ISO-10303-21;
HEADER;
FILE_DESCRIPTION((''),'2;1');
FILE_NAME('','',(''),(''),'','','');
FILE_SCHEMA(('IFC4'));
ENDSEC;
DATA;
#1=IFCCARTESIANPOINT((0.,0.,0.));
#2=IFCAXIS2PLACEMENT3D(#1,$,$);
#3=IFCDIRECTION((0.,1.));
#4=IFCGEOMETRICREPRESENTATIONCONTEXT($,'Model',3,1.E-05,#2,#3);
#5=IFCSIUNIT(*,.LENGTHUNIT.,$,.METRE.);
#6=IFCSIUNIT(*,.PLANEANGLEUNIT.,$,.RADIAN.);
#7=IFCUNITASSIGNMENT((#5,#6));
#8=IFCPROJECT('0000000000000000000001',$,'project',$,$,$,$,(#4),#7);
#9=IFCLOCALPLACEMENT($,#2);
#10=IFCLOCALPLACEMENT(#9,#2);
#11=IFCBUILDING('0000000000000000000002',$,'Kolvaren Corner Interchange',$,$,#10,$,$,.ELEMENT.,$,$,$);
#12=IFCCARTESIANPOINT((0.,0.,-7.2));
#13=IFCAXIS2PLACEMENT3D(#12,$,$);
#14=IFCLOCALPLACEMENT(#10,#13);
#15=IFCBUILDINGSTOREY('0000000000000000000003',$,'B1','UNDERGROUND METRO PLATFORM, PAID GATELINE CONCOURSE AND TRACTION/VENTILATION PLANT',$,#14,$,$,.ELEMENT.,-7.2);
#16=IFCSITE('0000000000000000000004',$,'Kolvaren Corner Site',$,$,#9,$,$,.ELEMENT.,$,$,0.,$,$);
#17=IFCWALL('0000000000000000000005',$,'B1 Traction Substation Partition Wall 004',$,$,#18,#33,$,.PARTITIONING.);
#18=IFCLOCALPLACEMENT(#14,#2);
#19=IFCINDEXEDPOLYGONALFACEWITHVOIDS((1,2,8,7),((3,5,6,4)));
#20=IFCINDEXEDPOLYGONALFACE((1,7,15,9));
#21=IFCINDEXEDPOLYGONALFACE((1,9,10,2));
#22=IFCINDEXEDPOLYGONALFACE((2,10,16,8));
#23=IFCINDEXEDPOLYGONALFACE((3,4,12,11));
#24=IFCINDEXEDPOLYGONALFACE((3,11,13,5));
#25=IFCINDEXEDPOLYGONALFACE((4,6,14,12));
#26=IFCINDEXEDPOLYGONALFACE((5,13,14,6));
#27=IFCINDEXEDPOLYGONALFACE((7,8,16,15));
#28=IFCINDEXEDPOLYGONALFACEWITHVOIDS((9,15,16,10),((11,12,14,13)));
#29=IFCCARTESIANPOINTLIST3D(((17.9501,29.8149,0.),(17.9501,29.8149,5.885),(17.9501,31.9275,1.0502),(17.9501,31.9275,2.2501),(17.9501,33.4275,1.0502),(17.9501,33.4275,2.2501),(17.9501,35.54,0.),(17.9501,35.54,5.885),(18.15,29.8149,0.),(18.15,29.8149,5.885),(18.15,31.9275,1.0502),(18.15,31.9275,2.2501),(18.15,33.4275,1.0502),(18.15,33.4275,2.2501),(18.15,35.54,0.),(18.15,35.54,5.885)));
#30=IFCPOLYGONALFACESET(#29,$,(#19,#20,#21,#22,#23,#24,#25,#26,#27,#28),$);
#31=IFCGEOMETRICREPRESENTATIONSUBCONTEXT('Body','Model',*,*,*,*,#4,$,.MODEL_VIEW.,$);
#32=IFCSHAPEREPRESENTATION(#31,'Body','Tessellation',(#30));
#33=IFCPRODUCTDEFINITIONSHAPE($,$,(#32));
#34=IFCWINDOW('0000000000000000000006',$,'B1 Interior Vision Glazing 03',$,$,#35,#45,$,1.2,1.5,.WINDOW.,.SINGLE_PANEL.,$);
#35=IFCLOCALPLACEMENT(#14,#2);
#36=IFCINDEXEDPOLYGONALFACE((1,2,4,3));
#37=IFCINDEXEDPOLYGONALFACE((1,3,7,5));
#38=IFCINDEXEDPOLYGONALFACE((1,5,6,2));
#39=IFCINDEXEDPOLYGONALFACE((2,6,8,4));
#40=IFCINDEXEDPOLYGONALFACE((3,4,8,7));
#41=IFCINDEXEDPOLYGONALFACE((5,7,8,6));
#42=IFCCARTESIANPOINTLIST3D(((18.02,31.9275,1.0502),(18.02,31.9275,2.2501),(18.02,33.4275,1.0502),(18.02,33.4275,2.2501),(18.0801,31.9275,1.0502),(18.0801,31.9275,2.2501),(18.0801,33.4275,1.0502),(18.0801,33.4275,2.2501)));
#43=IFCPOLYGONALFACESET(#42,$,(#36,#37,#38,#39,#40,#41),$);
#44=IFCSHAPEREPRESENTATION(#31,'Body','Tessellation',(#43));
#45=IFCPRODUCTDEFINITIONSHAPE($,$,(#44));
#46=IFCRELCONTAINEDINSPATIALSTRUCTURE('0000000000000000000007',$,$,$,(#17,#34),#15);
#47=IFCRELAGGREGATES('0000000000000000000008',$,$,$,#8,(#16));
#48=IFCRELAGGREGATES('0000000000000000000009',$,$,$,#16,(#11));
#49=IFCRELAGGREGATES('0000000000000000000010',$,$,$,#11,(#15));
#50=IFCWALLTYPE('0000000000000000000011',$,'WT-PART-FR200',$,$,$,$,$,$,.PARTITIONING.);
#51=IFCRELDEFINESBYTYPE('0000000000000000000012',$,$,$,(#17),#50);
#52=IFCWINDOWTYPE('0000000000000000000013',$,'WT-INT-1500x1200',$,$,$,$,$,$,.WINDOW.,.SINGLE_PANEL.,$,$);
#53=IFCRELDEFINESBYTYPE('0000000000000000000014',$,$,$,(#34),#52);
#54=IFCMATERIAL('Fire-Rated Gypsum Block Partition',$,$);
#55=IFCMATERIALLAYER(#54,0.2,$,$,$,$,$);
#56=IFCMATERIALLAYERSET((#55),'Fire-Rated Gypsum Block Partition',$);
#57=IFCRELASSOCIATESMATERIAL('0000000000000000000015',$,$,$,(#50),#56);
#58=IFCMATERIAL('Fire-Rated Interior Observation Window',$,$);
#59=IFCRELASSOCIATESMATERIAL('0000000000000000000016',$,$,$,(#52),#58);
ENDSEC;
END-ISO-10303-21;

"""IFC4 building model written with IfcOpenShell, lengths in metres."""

from ifc_helpers import new_model, si_unit, direction, frame, frame_2d, origin, place, context, subcontext, project, spatial, rectangle, extrude, material, layer, layer_set, type_object, element, fill, save


model = new_model("IFC4")

# Units and contexts
model_context = context("Model", 3, precision=1e-05, world=origin(), true_north=direction((0.0, 1.0)))
body_context = subcontext(model_context, "Body", "Model", "MODEL_VIEW")
ifc_project = project(units=[si_unit("LENGTHUNIT", "METRE"), si_unit("PLANEANGLEUNIT", "RADIAN")], contexts=[model_context])

# Site, building, storey
site_placement = place(None, origin())
site = spatial("IfcSite", under=ifc_project, at=site_placement, Name="Kolvaren Corner Site", CompositionType="ELEMENT", RefElevation=0.0)
building_placement = place(site_placement, origin())
building = spatial("IfcBuilding", under=site, at=building_placement, Name="Kolvaren Corner Interchange", CompositionType="ELEMENT")
storey_placement = place(building_placement, frame((0.0, 0.0, -7.2)))
storey = spatial("IfcBuildingStorey", under=building, at=storey_placement, Name="B1", Description="UNDERGROUND METRO PLATFORM, PAID GATELINE CONCOURSE AND TRACTION/VENTILATION PLANT", CompositionType="ELEMENT", Elevation=-7.2)

# Wall, opening, window
ifc_material_1 = material(Name="Fire-Rated Gypsum Block Partition")
ifc_layer = layer(ifc_material_1, 0.2)
ifc_layer_set = layer_set([ifc_layer], Name="Fire-Rated Gypsum Block Partition")
wall_type = type_object("IfcWallType", Name="WT-PART-FR200", PredefinedType="PARTITIONING", material=ifc_layer_set)
wall_placement = place(storey_placement, frame((18.05, 35.54, 0.0), z_axis=(0.0, 0.0, 1.0), x_axis=(0.0, -1.0, 0.0)))
wall = element("IfcWall", 1, at=wall_placement, inside=storey, type_object=wall_type, Name="B1 Traction Substation Partition Wall 004", PredefinedType="PARTITIONING", context=body_context, shape_type="SweptSolid", body=[
    extrude(rectangle(XDim=5.7251, YDim=0.2, at=frame_2d((2.8625, 0.0))), origin(), (0.0, 0.0, 1.0), 5.885),
])
opening_placement = place(wall_placement, frame((2.1125, 0.0, 1.05)))
opening = element("IfcOpeningElement", 2, at=opening_placement, cuts=wall, PredefinedType="OPENING", context=body_context, shape_type="SweptSolid", body=[
    extrude(rectangle(XDim=1.5, YDim=1.2, at=frame_2d((0.75, 0.6001))), frame((0.0, 0.1099, 0.0), z_axis=(0.0, -1.0, 0.0), x_axis=(1.0, 0.0, 0.0)), (0.0, 0.0, 1.0), 0.22),
])
ifc_material_2 = material(Name="Fire-Rated Interior Observation Window")
window_type = type_object("IfcWindowType", Name="WT-INT-1500x1200", PartitioningType="SINGLE_PANEL", PredefinedType="WINDOW", material=ifc_material_2)
window_placement = place(opening_placement, origin())
window = element("IfcWindow", 3, at=window_placement, inside=storey, type_object=window_type, Name="B1 Interior Vision Glazing 03", OverallHeight=1.2, OverallWidth=1.5, PartitioningType="SINGLE_PANEL", PredefinedType="WINDOW", context=body_context, shape_type="SweptSolid", body=[
    extrude(rectangle(XDim=1.5, YDim=1.2, at=frame_2d((0.75, 0.6001))), frame((0.0, 0.03, 0.0), z_axis=(0.0, -1.0, 0.0), x_axis=(1.0, 0.0, 0.0)), (0.0, 0.0, 1.0), 0.0601),
])
fill(opening, window)

save(model, "model.ifc")
